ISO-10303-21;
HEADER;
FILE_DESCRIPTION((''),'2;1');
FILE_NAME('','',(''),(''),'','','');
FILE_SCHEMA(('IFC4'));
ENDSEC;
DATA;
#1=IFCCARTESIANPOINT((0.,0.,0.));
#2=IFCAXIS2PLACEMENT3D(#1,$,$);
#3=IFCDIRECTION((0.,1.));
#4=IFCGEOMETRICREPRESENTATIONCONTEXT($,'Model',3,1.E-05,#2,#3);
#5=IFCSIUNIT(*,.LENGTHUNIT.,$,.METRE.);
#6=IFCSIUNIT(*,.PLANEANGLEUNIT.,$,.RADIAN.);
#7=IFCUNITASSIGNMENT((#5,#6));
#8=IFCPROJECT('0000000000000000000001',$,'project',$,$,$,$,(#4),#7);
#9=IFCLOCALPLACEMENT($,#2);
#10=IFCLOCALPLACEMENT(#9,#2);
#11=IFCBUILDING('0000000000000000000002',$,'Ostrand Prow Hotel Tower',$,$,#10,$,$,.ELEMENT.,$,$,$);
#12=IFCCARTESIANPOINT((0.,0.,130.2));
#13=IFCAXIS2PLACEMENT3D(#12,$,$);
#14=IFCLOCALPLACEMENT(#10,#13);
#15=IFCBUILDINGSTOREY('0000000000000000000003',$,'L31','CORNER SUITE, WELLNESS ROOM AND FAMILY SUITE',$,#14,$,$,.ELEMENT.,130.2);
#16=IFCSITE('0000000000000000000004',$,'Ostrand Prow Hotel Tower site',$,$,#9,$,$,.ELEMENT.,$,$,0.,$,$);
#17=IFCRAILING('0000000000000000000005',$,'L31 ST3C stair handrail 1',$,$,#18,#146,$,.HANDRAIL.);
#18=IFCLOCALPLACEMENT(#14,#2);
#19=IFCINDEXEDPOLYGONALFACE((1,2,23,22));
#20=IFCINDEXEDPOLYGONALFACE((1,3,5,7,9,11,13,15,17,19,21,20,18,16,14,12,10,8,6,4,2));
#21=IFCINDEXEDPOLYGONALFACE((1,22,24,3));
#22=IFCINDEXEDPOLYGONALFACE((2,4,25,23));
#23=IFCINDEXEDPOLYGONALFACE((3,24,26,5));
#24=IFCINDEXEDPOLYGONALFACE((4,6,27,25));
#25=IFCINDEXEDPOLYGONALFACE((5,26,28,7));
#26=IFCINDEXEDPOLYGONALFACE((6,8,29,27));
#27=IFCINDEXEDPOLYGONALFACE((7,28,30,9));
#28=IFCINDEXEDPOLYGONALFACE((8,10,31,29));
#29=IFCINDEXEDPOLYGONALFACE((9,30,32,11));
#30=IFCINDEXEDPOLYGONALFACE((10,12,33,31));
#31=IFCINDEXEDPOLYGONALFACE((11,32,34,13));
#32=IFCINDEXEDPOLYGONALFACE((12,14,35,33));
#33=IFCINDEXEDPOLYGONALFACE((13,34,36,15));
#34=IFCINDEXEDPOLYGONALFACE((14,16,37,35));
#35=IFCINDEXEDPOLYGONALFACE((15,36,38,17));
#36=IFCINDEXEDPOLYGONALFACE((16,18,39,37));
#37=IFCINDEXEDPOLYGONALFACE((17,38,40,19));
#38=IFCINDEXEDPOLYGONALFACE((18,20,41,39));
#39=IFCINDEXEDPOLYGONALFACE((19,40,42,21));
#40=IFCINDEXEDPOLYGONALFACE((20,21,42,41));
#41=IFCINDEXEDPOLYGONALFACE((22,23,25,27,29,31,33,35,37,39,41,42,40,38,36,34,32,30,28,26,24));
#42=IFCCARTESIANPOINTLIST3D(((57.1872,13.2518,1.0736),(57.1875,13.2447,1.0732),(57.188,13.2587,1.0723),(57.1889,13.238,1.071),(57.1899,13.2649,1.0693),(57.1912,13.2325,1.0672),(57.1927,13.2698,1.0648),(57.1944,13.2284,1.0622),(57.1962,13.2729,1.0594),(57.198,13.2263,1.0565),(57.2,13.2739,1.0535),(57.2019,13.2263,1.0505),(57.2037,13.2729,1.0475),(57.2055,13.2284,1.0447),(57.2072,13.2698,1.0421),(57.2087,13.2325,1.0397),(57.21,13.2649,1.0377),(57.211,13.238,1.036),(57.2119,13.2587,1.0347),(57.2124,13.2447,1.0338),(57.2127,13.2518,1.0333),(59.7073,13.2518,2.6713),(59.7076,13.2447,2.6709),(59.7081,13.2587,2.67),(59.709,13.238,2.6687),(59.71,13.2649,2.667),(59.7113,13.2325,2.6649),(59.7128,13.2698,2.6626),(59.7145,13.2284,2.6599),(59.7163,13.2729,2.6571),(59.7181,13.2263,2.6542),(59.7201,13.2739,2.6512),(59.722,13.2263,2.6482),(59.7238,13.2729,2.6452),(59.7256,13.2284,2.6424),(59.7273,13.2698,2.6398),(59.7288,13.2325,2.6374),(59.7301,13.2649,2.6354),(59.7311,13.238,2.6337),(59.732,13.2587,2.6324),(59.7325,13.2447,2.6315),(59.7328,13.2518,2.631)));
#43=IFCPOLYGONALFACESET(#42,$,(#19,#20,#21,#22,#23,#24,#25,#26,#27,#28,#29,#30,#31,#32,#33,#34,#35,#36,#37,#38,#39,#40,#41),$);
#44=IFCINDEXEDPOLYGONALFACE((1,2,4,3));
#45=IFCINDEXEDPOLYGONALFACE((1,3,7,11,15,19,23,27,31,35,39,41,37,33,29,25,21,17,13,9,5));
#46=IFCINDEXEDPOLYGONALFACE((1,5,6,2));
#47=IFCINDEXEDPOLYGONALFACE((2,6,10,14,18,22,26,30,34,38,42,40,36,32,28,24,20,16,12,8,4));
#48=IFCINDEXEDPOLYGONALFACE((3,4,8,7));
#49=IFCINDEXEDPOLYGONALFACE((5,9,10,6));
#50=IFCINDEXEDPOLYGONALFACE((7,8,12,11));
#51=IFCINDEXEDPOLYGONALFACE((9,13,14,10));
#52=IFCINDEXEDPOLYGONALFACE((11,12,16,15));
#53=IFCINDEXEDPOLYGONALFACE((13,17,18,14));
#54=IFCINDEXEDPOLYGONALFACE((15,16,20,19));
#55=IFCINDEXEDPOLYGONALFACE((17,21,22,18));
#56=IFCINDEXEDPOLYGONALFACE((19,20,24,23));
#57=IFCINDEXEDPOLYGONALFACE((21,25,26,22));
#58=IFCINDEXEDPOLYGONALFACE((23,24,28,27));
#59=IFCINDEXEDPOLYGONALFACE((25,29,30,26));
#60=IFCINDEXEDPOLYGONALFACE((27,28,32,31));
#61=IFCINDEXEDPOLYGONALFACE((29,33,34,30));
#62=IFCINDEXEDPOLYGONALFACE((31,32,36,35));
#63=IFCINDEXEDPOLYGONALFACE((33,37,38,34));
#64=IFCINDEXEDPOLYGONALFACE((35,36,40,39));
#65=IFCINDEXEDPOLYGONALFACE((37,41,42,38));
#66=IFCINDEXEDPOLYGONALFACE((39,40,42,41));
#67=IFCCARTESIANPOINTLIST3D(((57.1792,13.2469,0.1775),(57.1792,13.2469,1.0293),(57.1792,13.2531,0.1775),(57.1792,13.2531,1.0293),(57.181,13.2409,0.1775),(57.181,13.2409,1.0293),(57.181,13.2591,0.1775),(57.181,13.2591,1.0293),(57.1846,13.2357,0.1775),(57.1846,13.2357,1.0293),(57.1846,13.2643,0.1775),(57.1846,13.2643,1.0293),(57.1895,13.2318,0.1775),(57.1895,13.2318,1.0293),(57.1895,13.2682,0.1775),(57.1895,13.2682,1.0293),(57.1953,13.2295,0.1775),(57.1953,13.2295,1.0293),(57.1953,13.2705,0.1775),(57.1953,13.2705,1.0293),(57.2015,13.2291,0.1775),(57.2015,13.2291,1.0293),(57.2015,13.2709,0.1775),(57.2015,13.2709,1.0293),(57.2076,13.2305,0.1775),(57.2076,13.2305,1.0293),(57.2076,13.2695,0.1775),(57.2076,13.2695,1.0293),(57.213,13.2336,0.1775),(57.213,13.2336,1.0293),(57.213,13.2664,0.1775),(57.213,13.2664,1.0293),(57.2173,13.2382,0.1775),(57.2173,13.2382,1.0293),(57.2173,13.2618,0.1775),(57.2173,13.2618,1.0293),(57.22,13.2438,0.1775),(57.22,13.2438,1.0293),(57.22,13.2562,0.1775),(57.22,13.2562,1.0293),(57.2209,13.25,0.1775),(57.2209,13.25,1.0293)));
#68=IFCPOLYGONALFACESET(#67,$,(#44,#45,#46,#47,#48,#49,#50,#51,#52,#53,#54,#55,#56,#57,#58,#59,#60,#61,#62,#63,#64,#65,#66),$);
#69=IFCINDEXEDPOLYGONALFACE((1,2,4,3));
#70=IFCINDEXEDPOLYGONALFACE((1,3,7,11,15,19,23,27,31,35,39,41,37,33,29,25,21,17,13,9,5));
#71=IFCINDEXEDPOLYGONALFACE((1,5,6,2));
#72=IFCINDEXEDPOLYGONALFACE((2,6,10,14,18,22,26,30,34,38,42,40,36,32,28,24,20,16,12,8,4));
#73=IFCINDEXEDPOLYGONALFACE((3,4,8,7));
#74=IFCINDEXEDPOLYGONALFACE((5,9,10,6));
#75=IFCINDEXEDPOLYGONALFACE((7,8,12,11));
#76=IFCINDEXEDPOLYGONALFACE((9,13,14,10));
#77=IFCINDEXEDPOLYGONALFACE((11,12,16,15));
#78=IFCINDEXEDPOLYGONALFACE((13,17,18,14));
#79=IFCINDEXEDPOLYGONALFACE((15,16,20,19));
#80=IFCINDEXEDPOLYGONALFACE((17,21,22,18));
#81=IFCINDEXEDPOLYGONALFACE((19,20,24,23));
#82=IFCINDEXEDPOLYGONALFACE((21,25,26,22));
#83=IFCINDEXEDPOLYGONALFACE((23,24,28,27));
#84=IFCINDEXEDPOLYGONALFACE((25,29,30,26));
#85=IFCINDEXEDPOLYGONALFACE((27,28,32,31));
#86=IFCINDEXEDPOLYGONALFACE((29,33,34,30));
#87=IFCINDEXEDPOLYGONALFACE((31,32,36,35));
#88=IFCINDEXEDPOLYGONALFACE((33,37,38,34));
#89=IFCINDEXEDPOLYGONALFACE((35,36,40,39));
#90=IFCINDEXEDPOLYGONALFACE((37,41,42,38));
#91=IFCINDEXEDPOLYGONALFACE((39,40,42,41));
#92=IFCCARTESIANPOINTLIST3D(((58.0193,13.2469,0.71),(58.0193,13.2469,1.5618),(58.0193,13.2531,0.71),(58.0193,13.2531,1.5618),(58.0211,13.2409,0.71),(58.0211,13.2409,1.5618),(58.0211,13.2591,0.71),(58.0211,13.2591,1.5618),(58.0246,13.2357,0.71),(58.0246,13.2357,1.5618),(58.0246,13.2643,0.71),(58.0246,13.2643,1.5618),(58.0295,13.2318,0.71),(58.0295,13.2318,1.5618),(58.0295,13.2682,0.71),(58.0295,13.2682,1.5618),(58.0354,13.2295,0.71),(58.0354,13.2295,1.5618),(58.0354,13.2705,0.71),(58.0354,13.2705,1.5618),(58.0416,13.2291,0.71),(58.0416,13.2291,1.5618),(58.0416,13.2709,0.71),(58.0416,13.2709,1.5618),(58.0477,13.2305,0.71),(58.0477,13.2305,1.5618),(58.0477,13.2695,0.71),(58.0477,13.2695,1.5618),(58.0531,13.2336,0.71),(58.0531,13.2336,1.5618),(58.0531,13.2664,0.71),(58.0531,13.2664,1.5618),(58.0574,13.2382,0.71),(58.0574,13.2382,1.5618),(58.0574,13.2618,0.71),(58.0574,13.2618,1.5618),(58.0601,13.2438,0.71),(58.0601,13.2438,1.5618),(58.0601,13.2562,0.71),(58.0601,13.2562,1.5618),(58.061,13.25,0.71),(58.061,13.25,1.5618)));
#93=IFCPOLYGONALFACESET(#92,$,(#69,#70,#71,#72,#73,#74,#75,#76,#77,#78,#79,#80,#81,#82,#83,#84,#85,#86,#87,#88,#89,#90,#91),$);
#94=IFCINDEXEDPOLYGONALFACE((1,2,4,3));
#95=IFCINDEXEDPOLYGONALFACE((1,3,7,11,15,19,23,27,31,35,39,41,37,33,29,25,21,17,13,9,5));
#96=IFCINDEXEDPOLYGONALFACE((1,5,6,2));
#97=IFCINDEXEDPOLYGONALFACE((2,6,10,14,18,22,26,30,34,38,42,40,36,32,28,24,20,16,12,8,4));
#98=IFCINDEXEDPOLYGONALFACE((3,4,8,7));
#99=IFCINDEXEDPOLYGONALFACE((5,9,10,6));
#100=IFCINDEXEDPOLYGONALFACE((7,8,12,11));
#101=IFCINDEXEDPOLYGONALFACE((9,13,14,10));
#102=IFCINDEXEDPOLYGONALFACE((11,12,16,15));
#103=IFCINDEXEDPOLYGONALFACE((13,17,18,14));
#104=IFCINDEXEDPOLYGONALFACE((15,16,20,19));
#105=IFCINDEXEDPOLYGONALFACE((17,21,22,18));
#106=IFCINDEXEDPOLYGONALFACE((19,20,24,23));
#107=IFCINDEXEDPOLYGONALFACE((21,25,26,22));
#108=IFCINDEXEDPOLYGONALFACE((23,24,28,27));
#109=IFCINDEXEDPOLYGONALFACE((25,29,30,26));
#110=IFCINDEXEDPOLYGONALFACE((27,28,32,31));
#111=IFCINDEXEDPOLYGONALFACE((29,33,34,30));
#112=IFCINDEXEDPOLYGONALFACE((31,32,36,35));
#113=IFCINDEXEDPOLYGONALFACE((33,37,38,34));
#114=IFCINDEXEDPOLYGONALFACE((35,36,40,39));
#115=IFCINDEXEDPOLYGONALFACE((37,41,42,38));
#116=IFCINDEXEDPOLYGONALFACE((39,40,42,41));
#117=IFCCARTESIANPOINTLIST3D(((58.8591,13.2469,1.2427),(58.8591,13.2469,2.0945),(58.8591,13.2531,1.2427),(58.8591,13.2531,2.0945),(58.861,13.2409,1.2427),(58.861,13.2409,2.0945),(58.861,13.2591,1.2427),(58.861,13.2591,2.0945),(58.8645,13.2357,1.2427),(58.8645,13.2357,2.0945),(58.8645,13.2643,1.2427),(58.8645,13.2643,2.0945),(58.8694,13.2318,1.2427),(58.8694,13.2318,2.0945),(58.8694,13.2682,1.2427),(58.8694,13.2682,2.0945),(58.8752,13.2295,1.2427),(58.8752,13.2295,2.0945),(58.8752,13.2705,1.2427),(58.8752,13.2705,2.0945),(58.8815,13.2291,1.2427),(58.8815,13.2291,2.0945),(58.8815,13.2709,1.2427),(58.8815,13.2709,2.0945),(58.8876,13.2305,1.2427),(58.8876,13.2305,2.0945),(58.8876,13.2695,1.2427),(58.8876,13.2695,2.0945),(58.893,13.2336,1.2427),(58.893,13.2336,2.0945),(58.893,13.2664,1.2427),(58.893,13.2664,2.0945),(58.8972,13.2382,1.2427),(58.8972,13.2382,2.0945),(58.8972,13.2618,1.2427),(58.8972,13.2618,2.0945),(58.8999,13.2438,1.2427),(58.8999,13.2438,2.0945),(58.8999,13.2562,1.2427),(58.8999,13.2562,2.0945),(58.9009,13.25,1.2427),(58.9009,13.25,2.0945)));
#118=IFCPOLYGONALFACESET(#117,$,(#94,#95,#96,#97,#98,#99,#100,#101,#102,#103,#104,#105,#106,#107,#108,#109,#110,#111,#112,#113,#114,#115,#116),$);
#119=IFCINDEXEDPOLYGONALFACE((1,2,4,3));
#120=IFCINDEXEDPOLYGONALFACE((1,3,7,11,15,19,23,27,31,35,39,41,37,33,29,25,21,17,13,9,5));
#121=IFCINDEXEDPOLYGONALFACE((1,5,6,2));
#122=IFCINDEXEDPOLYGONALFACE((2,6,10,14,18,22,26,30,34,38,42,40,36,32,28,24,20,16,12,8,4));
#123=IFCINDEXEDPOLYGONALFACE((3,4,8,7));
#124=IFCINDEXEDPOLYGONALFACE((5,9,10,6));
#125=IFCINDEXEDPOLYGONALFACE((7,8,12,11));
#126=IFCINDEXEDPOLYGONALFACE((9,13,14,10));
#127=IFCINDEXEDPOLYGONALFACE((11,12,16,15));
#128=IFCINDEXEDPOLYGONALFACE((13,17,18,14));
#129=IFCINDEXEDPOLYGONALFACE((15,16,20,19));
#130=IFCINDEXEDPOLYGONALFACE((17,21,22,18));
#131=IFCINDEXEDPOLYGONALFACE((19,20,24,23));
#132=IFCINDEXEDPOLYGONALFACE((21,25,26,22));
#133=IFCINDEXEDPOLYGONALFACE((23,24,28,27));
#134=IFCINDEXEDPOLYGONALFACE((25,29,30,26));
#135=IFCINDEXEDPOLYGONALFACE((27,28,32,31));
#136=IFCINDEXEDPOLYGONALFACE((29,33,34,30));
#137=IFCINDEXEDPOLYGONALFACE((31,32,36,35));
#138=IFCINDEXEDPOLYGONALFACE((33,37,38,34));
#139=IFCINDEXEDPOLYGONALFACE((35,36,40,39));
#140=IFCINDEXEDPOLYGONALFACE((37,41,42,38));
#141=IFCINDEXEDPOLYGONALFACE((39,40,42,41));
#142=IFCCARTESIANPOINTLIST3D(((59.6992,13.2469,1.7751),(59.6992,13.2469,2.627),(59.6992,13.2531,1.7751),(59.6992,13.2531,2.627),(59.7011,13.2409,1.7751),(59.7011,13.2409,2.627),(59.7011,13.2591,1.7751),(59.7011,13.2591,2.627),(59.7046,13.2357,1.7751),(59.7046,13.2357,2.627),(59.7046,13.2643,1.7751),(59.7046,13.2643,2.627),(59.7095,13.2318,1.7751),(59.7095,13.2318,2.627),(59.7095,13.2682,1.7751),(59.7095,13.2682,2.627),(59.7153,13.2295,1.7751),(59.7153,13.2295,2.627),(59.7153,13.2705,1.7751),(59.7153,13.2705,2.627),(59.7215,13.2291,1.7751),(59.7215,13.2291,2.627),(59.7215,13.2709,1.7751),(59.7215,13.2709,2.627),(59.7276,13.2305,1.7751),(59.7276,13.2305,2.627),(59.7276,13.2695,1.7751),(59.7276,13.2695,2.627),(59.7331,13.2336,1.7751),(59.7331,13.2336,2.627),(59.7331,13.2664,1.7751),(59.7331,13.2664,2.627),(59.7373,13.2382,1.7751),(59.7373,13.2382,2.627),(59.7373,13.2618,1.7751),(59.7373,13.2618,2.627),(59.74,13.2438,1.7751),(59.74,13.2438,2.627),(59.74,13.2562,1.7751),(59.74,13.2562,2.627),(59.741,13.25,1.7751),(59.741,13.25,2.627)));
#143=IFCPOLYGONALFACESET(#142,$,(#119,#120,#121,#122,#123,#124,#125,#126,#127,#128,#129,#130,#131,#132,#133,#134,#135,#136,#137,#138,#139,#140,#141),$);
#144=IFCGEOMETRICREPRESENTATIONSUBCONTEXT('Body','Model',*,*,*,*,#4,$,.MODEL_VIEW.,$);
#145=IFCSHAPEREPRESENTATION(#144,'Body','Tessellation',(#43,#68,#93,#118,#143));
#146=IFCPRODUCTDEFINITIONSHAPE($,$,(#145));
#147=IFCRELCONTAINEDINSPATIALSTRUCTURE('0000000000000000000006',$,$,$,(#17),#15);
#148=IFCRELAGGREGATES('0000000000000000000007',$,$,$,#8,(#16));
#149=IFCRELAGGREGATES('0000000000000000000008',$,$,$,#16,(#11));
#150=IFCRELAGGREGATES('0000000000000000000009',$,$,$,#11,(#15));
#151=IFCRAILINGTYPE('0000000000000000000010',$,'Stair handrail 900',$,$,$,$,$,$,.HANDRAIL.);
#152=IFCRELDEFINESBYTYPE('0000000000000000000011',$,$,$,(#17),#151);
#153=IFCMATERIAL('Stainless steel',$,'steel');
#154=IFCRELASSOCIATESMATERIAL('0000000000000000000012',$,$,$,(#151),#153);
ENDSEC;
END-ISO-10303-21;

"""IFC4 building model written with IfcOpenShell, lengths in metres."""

from ifc_helpers import new_model, si_unit, direction, frame, origin, origin_2d, place, context, subcontext, project, spatial, circle, extrude, material, type_object, element, save


model = new_model("IFC4")

# Units and contexts
model_context = context("Model", 3, precision=1e-05, world=origin(), true_north=direction((0.0, 1.0)))
body_context = subcontext(model_context, "Body", "Model", "MODEL_VIEW")
ifc_project = project(units=[si_unit("LENGTHUNIT", "METRE"), si_unit("PLANEANGLEUNIT", "RADIAN")], contexts=[model_context])

# Site, building, storey
site_placement = place(None, origin())
site = spatial("IfcSite", under=ifc_project, at=site_placement, Name="Ostrand Prow Hotel Tower site", CompositionType="ELEMENT", RefElevation=0.0)
building_placement = place(site_placement, origin())
building = spatial("IfcBuilding", under=site, at=building_placement, Name="Ostrand Prow Hotel Tower", CompositionType="ELEMENT")
storey_placement = place(building_placement, frame((0.0, 0.0, 130.2)))
storey = spatial("IfcBuildingStorey", under=building, at=storey_placement, Name="L31", Description="CORNER SUITE, WELLNESS ROOM AND FAMILY SUITE", CompositionType="ELEMENT", Elevation=130.2)

# Railing
ifc_material_1 = material(Name="Stainless steel", Category="steel")
railing_type_1 = type_object("IfcRailingType", Name="Stair handrail 900", PredefinedType="HANDRAIL", material=ifc_material_1)
railing_1_placement = place(storey_placement, frame((57.2, 13.25, 0.1775)))
element("IfcRailing", 1, at=railing_1_placement, inside=storey, type_object=railing_type_1, Name="L31 ST3C stair handrail 1", PredefinedType="HANDRAIL", context=body_context, shape_type="SweptSolid", body=[
    extrude(circle(Radius=0.0239, at=origin_2d()), frame((0.0, 0.0, 0.876), z_axis=(0.84457, 0.0, 0.535445), x_axis=(0.0, 1.0, 0.0)), (0.0, 0.0, 1.0), 2.9839),
    extrude(circle(Radius=0.021, at=origin_2d()), origin(), (0.0, 0.0, 1.0), 0.8518),
    extrude(circle(Radius=0.021, at=origin_2d()), frame((0.8401, 0.0, 0.5325)), (0.0, 0.0, 1.0), 0.8518),
    extrude(circle(Radius=0.021, at=origin_2d()), frame((1.6799, 0.0, 1.0652)), (0.0, 0.0, 1.0), 0.8518),
    extrude(circle(Radius=0.021, at=origin_2d()), frame((2.52, 0.0, 1.5977)), (0.0, 0.0, 1.0), 0.8518),
])

save(model, "model.ifc")
